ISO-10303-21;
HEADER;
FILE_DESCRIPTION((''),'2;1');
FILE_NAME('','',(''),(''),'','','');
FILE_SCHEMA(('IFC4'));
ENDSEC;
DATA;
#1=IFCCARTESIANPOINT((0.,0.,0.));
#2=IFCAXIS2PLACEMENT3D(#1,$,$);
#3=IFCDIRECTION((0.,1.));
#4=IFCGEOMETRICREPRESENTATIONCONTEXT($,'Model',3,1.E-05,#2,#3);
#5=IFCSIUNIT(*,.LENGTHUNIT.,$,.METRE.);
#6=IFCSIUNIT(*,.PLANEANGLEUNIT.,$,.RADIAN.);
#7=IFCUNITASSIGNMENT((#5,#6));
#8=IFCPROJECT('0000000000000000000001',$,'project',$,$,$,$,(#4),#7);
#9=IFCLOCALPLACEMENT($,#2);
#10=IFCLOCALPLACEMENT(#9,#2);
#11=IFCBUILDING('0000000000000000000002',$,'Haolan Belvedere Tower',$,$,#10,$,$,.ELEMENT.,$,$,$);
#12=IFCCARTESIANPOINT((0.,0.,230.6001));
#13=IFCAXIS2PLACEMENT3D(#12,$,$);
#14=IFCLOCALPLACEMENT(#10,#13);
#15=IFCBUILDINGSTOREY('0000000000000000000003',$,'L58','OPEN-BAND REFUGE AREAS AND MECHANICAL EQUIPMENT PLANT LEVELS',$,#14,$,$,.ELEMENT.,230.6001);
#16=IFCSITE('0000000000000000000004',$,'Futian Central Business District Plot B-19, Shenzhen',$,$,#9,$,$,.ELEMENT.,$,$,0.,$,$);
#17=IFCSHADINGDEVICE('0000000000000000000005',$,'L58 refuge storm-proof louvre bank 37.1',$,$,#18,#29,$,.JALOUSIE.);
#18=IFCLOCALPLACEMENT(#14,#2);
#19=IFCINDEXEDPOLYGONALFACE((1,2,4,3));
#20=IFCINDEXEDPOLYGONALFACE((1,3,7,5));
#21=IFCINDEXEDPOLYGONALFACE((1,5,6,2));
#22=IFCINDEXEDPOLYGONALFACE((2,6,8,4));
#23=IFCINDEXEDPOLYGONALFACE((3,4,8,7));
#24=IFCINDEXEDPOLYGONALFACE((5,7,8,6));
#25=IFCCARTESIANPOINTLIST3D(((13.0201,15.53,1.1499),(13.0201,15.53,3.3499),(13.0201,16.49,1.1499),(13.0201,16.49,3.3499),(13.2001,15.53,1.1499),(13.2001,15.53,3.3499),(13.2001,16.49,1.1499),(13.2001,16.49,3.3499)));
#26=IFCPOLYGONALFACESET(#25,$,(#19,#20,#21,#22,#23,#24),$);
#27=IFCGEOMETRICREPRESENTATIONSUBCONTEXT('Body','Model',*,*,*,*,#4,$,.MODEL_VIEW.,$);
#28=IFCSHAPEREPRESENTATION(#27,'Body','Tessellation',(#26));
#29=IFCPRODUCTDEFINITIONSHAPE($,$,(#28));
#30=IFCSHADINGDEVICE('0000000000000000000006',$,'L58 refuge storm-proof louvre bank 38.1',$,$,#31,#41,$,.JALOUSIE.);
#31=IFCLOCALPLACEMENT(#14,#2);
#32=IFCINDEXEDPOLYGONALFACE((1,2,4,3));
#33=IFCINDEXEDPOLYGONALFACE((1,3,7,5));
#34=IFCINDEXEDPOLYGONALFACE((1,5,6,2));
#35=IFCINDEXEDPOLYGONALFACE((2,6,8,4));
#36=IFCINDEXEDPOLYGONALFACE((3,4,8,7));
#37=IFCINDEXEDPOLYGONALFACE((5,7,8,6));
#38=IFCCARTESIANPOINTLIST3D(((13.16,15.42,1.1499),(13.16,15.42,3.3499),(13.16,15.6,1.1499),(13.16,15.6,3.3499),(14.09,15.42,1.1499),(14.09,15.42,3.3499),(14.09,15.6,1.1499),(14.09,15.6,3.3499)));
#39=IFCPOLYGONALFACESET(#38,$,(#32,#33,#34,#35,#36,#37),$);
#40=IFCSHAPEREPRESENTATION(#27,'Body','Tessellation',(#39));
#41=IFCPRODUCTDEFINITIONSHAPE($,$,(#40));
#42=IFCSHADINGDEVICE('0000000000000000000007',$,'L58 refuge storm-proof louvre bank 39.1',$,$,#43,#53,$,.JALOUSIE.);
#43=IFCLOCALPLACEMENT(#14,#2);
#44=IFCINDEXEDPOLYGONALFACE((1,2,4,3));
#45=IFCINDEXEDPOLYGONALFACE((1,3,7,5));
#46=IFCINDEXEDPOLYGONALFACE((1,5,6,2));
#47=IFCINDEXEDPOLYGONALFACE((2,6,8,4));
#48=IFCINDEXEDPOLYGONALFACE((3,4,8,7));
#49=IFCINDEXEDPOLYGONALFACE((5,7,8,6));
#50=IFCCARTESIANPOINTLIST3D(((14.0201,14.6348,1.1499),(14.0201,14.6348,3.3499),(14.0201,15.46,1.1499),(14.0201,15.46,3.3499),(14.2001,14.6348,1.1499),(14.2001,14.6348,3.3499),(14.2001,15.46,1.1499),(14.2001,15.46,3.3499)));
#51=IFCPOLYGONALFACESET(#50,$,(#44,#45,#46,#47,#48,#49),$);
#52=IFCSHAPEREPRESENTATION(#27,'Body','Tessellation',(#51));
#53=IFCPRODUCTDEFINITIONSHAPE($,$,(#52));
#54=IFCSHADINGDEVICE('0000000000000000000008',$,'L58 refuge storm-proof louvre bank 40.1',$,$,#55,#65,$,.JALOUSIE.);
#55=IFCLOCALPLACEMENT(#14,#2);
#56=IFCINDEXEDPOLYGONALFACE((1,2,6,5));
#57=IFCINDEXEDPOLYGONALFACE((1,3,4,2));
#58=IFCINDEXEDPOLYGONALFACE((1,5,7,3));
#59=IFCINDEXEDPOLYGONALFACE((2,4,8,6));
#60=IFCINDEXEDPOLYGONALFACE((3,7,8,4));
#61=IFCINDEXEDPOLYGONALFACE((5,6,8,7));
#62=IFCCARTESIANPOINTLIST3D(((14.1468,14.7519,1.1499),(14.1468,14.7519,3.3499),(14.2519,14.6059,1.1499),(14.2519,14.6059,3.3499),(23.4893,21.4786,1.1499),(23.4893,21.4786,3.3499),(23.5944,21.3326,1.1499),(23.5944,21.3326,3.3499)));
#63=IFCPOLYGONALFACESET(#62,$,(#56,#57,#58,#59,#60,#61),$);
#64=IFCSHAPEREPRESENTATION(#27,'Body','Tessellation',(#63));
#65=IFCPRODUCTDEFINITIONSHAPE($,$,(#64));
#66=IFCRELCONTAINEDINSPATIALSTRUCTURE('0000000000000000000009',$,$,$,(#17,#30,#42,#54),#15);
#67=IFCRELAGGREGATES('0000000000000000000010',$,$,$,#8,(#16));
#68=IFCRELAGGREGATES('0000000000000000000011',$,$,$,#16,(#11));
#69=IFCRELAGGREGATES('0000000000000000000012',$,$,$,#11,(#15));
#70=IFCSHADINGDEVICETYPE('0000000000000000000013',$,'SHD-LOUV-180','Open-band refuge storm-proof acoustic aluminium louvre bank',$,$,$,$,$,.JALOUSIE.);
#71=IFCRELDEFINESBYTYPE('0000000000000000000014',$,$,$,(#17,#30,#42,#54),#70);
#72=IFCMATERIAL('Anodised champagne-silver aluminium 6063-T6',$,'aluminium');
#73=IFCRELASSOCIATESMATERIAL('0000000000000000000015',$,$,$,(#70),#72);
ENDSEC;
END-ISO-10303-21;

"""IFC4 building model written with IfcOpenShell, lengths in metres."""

from ifc_helpers import new_model, si_unit, direction, frame, origin, origin_2d, place, context, subcontext, project, spatial, rectangle, extrude, material, type_object, element, save


model = new_model("IFC4")

# Units and contexts
model_context = context("Model", 3, precision=1e-05, world=origin(), true_north=direction((0.0, 1.0)))
body_context = subcontext(model_context, "Body", "Model", "MODEL_VIEW")
ifc_project = project(units=[si_unit("LENGTHUNIT", "METRE"), si_unit("PLANEANGLEUNIT", "RADIAN")], contexts=[model_context])

# Site, building, storey
site_placement = place(None, origin())
site = spatial("IfcSite", under=ifc_project, at=site_placement, Name="Futian Central Business District Plot B-19, Shenzhen", CompositionType="ELEMENT", RefElevation=0.0)
building_placement = place(site_placement, origin())
building = spatial("IfcBuilding", under=site, at=building_placement, Name="Haolan Belvedere Tower", CompositionType="ELEMENT")
storey_placement = place(building_placement, frame((0.0, 0.0, 230.6001)))
storey = spatial("IfcBuildingStorey", under=building, at=storey_placement, Name="L58", Description="OPEN-BAND REFUGE AREAS AND MECHANICAL EQUIPMENT PLANT LEVELS", CompositionType="ELEMENT", Elevation=230.6001)

# Shading devices
ifc_material_1 = material(Name="Anodised champagne-silver aluminium 6063-T6", Category="aluminium")
shading_device_type = type_object("IfcShadingDeviceType", Name="SHD-LOUV-180", Description="Open-band refuge storm-proof acoustic aluminium louvre bank", PredefinedType="JALOUSIE", material=ifc_material_1)
shading_device_1_placement = place(storey_placement, frame((13.1101, 16.01, 1.1499), z_axis=(0.0, 0.0, 1.0), x_axis=(0.0, -1.0, 0.0)))
element("IfcShadingDevice", 1, at=shading_device_1_placement, inside=storey, type_object=shading_device_type, Name="L58 refuge storm-proof louvre bank 37.1", PredefinedType="JALOUSIE", context=body_context, shape_type="SweptSolid", body=[
    extrude(rectangle(XDim=0.96, YDim=0.1799, at=origin_2d()), origin(), (0.0, 0.0, 1.0), 2.2),
])
shading_device_2_placement = place(storey_placement, frame((13.625, 15.51, 1.1499), z_axis=(0.0, 0.0, 1.0), x_axis=(1.0, 0.0, 0.0)))
element("IfcShadingDevice", 2, at=shading_device_2_placement, inside=storey, type_object=shading_device_type, Name="L58 refuge storm-proof louvre bank 38.1", PredefinedType="JALOUSIE", context=body_context, shape_type="SweptSolid", body=[
    extrude(rectangle(XDim=0.9299, YDim=0.1799, at=origin_2d()), origin(), (0.0, 0.0, 1.0), 2.2),
])
shading_device_3_placement = place(storey_placement, frame((14.1101, 15.0474, 1.1499), z_axis=(0.0, 0.0, 1.0), x_axis=(0.0, -1.0, 0.0)))
element("IfcShadingDevice", 3, at=shading_device_3_placement, inside=storey, type_object=shading_device_type, Name="L58 refuge storm-proof louvre bank 39.1", PredefinedType="JALOUSIE", context=body_context, shape_type="SweptSolid", body=[
    extrude(rectangle(XDim=0.8252, YDim=0.1799, at=origin_2d()), origin(), (0.0, 0.0, 1.0), 2.2),
])
shading_device_4_placement = place(storey_placement, frame((18.8706, 18.0422, 1.1499), z_axis=(0.0, 0.0, 1.0), x_axis=(0.811533, 0.584306, 0.0)))
element("IfcShadingDevice", 4, at=shading_device_4_placement, inside=storey, type_object=shading_device_type, Name="L58 refuge storm-proof louvre bank 40.1", PredefinedType="JALOUSIE", context=body_context, shape_type="SweptSolid", body=[
    extrude(rectangle(XDim=11.5122, YDim=0.1799, at=origin_2d()), origin(), (0.0, 0.0, 1.0), 2.2),
])

save(model, "model.ifc")
